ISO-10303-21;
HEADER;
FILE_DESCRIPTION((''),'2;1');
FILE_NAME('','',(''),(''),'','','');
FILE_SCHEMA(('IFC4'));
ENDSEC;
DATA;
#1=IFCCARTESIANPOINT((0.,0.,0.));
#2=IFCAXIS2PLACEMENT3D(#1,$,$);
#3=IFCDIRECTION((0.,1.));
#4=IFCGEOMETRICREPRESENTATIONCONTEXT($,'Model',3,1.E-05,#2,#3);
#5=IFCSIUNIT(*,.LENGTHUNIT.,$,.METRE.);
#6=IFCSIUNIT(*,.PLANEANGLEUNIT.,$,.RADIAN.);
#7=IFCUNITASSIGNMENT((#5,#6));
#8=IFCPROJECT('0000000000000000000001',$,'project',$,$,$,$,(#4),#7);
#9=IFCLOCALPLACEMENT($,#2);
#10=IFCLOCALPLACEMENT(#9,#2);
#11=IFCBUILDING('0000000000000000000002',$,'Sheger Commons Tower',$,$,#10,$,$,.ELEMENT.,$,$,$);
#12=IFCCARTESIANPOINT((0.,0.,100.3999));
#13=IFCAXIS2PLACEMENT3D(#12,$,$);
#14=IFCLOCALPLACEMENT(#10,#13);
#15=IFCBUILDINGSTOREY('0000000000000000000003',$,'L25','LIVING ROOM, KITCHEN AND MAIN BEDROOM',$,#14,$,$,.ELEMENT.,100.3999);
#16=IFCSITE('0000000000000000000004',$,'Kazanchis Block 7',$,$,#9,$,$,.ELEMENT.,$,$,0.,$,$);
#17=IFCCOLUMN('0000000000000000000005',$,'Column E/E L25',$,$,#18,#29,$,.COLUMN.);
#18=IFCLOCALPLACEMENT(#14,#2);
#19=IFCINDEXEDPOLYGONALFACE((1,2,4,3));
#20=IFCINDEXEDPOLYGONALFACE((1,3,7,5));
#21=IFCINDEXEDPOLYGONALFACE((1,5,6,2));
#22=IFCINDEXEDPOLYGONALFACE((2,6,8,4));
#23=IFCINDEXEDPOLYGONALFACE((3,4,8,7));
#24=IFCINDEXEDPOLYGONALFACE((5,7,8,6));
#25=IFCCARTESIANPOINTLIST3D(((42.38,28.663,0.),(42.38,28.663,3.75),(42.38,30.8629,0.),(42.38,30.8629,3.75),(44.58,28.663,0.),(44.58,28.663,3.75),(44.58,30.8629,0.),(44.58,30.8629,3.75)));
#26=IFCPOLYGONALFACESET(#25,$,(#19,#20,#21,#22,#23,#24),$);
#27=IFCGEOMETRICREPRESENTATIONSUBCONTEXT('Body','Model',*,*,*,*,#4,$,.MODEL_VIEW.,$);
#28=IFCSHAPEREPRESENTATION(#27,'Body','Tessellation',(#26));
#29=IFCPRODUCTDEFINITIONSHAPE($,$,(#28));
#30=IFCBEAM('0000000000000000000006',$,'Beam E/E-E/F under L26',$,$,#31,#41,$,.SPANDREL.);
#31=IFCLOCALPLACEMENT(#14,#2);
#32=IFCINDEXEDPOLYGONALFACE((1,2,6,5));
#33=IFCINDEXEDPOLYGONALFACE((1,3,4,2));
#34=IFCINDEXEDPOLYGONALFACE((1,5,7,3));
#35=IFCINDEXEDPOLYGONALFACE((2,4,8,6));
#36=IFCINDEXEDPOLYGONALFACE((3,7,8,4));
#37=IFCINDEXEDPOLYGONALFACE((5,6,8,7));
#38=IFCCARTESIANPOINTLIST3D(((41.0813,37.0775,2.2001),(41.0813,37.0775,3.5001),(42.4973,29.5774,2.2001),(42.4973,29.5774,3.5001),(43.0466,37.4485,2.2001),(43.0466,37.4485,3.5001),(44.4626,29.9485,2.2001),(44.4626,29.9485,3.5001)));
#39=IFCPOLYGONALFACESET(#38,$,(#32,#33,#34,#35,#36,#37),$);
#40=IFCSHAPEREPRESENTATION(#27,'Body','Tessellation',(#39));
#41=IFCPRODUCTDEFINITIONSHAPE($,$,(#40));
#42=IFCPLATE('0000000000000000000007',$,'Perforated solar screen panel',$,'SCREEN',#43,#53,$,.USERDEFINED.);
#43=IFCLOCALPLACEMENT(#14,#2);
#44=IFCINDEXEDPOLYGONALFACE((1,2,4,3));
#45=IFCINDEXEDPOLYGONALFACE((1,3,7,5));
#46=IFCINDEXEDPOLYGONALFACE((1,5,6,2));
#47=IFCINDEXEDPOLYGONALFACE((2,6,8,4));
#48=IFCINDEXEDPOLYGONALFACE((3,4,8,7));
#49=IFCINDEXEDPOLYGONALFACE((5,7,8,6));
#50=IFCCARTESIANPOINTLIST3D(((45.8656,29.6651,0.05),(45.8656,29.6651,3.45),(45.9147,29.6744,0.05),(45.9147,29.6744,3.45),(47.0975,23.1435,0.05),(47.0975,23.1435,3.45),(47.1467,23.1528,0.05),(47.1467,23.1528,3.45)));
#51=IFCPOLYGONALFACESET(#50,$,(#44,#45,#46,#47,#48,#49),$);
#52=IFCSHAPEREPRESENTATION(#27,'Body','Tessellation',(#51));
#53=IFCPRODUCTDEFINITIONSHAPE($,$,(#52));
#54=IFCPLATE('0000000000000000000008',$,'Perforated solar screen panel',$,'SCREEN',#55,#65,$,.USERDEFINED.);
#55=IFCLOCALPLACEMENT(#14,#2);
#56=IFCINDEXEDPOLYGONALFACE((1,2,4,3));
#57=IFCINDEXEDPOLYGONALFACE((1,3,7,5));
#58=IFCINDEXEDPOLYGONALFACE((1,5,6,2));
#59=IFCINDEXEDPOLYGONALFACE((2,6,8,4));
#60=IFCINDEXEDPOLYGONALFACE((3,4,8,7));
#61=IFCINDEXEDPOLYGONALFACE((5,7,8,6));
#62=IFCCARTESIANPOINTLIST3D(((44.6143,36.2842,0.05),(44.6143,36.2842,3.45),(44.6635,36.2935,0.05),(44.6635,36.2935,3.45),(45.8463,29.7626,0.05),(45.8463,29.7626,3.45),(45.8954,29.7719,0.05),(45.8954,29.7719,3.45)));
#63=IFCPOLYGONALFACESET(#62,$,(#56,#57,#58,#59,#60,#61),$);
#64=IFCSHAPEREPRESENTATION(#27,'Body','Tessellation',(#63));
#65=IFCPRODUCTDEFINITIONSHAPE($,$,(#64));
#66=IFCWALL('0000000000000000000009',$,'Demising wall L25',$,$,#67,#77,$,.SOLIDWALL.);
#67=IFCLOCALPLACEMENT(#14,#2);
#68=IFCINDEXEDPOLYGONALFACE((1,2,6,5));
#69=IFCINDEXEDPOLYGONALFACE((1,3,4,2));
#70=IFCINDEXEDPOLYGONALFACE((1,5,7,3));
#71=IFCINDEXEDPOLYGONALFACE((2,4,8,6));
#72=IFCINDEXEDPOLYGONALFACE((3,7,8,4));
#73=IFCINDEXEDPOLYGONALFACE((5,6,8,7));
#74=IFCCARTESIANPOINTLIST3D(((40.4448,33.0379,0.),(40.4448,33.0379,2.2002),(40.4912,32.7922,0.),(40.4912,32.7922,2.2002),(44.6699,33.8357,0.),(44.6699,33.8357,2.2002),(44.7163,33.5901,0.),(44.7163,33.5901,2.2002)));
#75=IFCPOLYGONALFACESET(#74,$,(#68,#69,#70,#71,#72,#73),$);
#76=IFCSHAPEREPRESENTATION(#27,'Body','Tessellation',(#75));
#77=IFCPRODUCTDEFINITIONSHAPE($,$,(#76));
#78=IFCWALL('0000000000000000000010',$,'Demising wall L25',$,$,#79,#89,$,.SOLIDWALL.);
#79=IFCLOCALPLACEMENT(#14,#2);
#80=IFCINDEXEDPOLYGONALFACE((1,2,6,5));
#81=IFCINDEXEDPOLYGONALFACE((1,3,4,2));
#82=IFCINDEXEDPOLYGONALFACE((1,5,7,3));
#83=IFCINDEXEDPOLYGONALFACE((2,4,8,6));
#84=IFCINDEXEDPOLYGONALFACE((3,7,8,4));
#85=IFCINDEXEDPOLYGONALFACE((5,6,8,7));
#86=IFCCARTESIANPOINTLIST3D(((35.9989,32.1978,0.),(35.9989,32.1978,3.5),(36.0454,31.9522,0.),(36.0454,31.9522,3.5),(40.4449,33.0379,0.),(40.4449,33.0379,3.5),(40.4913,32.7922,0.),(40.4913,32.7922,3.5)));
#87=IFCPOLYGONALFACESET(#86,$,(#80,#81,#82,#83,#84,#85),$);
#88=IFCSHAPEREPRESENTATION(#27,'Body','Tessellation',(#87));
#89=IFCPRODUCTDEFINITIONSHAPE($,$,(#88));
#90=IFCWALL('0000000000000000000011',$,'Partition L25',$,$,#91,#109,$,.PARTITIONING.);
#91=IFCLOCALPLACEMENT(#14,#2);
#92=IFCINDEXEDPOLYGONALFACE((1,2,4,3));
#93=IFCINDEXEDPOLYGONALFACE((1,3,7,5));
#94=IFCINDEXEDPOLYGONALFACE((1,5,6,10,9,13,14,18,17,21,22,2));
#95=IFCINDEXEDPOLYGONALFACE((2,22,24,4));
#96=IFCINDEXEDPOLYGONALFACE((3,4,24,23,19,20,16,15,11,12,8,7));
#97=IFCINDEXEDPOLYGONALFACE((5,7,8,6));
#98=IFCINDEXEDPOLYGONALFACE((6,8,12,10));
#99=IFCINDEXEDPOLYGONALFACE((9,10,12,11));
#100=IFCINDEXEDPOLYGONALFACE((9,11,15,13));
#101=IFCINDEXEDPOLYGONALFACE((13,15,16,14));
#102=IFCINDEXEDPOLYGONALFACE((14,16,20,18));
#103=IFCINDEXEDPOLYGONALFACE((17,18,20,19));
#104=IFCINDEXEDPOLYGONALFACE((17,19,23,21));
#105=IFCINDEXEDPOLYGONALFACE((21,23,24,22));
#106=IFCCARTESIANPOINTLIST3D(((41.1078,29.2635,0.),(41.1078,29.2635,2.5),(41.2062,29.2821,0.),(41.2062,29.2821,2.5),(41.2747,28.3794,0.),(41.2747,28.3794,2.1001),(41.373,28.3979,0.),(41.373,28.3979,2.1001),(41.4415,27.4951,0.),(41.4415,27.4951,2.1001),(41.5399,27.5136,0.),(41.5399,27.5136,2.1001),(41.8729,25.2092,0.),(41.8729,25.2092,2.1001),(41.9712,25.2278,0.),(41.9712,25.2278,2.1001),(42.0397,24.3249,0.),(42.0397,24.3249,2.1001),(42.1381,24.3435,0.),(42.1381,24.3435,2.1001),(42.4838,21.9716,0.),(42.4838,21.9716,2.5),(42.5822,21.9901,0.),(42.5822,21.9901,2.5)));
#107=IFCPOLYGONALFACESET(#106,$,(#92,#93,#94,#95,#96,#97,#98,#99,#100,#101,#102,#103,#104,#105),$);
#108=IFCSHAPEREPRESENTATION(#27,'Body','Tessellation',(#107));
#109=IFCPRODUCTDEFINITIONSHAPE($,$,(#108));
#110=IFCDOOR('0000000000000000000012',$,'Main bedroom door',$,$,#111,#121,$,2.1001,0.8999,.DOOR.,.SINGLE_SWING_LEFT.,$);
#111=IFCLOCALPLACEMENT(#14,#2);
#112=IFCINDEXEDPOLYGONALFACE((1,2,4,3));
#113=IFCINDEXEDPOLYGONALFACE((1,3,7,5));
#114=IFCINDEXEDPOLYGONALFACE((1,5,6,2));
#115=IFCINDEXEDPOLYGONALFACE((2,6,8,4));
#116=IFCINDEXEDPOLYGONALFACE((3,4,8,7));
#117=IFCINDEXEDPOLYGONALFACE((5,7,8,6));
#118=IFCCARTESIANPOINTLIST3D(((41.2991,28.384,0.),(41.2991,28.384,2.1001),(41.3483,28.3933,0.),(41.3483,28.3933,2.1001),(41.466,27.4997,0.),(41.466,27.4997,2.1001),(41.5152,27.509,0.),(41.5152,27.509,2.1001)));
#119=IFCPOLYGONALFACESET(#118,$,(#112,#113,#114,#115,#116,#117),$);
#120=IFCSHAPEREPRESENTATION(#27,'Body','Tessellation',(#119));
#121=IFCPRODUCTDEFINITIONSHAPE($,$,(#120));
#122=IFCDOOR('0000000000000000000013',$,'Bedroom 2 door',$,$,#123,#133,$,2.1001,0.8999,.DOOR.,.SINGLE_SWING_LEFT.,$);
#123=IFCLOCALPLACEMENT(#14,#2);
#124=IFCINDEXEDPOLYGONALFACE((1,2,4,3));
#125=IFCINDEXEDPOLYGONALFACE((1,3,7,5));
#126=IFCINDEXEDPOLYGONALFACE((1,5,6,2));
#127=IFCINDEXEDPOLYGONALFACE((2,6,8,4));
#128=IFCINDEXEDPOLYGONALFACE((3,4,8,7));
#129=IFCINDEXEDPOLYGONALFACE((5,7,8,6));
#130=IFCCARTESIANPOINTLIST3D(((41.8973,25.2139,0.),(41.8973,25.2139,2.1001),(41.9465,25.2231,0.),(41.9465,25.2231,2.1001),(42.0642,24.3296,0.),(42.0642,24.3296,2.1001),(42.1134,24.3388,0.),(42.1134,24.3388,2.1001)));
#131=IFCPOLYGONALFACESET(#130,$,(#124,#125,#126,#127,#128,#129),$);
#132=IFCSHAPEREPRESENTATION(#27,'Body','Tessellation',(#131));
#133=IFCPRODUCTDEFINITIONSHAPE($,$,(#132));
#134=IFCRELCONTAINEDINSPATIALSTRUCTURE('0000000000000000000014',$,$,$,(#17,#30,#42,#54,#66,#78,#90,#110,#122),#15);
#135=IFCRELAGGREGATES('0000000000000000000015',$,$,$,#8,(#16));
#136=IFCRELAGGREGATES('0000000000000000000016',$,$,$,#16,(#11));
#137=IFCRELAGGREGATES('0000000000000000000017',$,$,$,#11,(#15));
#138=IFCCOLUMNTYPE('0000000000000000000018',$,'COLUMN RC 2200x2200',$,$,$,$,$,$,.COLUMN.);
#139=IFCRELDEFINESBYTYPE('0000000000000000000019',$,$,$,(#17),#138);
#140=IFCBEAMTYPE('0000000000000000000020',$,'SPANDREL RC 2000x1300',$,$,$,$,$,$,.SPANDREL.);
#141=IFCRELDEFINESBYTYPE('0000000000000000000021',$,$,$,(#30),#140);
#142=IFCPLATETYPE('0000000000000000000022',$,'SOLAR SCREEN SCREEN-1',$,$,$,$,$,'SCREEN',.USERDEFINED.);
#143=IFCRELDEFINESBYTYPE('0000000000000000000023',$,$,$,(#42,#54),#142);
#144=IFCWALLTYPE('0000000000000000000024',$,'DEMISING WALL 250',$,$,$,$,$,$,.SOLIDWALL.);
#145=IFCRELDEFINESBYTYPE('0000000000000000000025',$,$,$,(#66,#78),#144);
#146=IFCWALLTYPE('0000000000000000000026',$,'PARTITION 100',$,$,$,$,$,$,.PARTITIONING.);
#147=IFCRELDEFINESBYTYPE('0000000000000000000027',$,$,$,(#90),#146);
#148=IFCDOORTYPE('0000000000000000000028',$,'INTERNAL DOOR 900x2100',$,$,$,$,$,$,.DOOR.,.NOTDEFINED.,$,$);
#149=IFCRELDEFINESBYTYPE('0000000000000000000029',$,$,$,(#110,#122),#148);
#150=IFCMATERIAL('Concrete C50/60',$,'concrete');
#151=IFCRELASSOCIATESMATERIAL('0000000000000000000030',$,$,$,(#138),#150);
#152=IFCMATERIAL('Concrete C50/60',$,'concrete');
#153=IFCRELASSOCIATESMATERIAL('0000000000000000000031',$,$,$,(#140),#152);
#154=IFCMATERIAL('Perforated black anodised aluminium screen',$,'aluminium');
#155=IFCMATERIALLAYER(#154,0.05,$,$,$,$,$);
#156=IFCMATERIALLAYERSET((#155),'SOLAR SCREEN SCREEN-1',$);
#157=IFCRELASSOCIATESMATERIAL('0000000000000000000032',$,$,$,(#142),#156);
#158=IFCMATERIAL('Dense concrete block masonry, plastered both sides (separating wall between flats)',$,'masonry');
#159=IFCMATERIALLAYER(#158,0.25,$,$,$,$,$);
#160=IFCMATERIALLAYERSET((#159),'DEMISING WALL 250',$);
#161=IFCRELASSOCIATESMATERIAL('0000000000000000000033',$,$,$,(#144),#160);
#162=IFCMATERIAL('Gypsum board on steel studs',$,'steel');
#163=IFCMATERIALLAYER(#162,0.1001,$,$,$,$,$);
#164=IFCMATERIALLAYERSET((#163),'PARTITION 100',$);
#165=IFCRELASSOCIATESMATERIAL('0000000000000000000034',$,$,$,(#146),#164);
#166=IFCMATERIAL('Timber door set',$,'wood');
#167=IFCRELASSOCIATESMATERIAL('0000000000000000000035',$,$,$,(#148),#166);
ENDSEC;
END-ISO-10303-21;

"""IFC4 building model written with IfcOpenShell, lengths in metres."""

from ifc_helpers import new_model, si_unit, direction, frame, frame_2d, origin, origin_2d, place, context, subcontext, project, spatial, rectangle, extrude, material, layer, layer_set, material_profile, profile_set, type_object, element, fill, save


model = new_model("IFC4")

# Units and contexts
model_context = context("Model", 3, precision=1e-05, world=origin(), true_north=direction((0.0, 1.0)))
body_context = subcontext(model_context, "Body", "Model", "MODEL_VIEW")
ifc_project = project(units=[si_unit("LENGTHUNIT", "METRE"), si_unit("PLANEANGLEUNIT", "RADIAN")], contexts=[model_context])

# Site, building, storey
site_placement = place(None, origin())
site = spatial("IfcSite", under=ifc_project, at=site_placement, Name="Kazanchis Block 7", CompositionType="ELEMENT", RefElevation=0.0)
building_placement = place(site_placement, origin())
building = spatial("IfcBuilding", under=site, at=building_placement, Name="Sheger Commons Tower", CompositionType="ELEMENT")
storey_placement = place(building_placement, frame((0.0, 0.0, 100.3999)))
storey = spatial("IfcBuildingStorey", under=building, at=storey_placement, Name="L25", Description="LIVING ROOM, KITCHEN AND MAIN BEDROOM", CompositionType="ELEMENT", Elevation=100.3999)

# Column
ifc_material_1 = material(Name="Concrete C50/60", Category="concrete")
ifc_material_profile_1 = material_profile(ifc_material_1, rectangle(XDim=2.2, YDim=2.2, at=origin_2d()), Name="RC 2200x2200")
ifc_profile_set_1 = profile_set([ifc_material_profile_1], Name="Concrete C50/60")
column_type = type_object("IfcColumnType", Name="COLUMN RC 2200x2200", PredefinedType="COLUMN", material=ifc_profile_set_1)
column_placement = place(storey_placement, frame((43.48, 29.7629, 0.0), z_axis=(0.0, 0.0, 1.0), x_axis=(1.0, 0.0, 0.0)))
element("IfcColumn", 1, at=column_placement, inside=storey, type_object=column_type, Name="Column E/E L25", PredefinedType="COLUMN", context=body_context, shape_type="SweptSolid", body=[
    extrude(rectangle(XDim=2.2, YDim=2.2, at=origin_2d()), origin(), (0.0, 0.0, 1.0), 3.75),
])

# Beam
ifc_material_2 = material(Name="Concrete C50/60", Category="concrete")
ifc_material_profile_2 = material_profile(ifc_material_2, rectangle(XDim=2.0, YDim=1.3, at=origin_2d()), Name="RC 2000x1300")
ifc_profile_set_2 = profile_set([ifc_material_profile_2], Name="Concrete C50/60")
beam_type = type_object("IfcBeamType", Name="SPANDREL RC 2000x1300", PredefinedType="SPANDREL", material=ifc_profile_set_2)
beam_placement = place(storey_placement, frame((43.48, 29.7629, 2.8501), z_axis=(-0.185524, 0.98264, 0.0), x_axis=(-0.98264, -0.185524, 0.0)))
element("IfcBeam", 2, at=beam_placement, inside=storey, type_object=beam_type, Name="Beam E/E-E/F under L26", PredefinedType="SPANDREL", context=body_context, shape_type="SweptSolid", body=[
    extrude(rectangle(XDim=2.0, YDim=1.3, at=origin_2d()), origin(), (0.0, 0.0, 1.0), 7.6326),
])

# Plates
ifc_material_3 = material(Name="Perforated black anodised aluminium screen", Category="aluminium")
ifc_layer_1 = layer(ifc_material_3, 0.05)
ifc_layer_set_1 = layer_set([ifc_layer_1], Name="SOLAR SCREEN SCREEN-1")
plate_type = type_object("IfcPlateType", Name="SOLAR SCREEN SCREEN-1", ElementType="SCREEN", PredefinedType="USERDEFINED", material=ifc_layer_set_1)
for number, where, z_axis, x_axis, name in (
    (3, (46.5061, 26.4089, 0.05), (0.0, 0.0, 1.0), (-0.185615, 0.982623, 0.0), "Perforated solar screen panel"),
    (4, (45.2549, 33.0281, 0.05), (0.0, 0.0, 1.0), (-0.185615, 0.982623, 0.0), "Perforated solar screen panel"),
):
    element("IfcPlate", number, at=place(storey_placement, frame(where, z_axis=z_axis, x_axis=x_axis)), inside=storey, type_object=plate_type, Name=name, ObjectType="SCREEN", PredefinedType="USERDEFINED", context=body_context, shape_type="SweptSolid", body=[
        extrude(rectangle(XDim=6.637, YDim=0.05, at=origin_2d()), origin(), (0.0, 0.0, 1.0), 3.3999),
    ])

# Walls
ifc_material_4 = material(Name="Dense concrete block masonry, plastered both sides (separating wall between flats)", Category="masonry")
ifc_layer_2 = layer(ifc_material_4, 0.25)
ifc_layer_set_2 = layer_set([ifc_layer_2], Name="DEMISING WALL 250")
wall_type_1 = type_object("IfcWallType", Name="DEMISING WALL 250", PredefinedType="SOLIDWALL", material=ifc_layer_set_2)
wall_1_placement = place(storey_placement, frame((44.6931, 33.7129, 0.0), z_axis=(0.0, 0.0, 1.0), x_axis=(-0.982634, -0.185557, 0.0)))
element("IfcWall", 5, at=wall_1_placement, inside=storey, type_object=wall_type_1, Name="Demising wall L25", PredefinedType="SOLIDWALL", context=body_context, shape_type="SweptSolid", body=[
    extrude(rectangle(XDim=4.2998, YDim=0.25, at=frame_2d((2.1499, 0.0))), origin(), (0.0, 0.0, 1.0), 2.2002),
])
wall_2_placement = place(storey_placement, frame((40.468, 32.915, 0.0), z_axis=(0.0, 0.0, 1.0), x_axis=(-0.982613, -0.185666, 0.0)))
element("IfcWall", 6, at=wall_2_placement, inside=storey, type_object=wall_type_1, Name="Demising wall L25", PredefinedType="SOLIDWALL", context=body_context, shape_type="SweptSolid", body=[
    extrude(rectangle(XDim=4.5247, YDim=0.25, at=frame_2d((2.2622, 0.0))), origin(), (0.0, 0.0, 1.0), 3.5),
])

# Wall, openings, doors
ifc_material_5 = material(Name="Gypsum board on steel studs", Category="steel")
ifc_layer_3 = layer(ifc_material_5, 0.1001)
ifc_layer_set_3 = layer_set([ifc_layer_3], Name="PARTITION 100")
wall_type_2 = type_object("IfcWallType", Name="PARTITION 100", PredefinedType="PARTITIONING", material=ifc_layer_set_3)
wall_3_placement = place(storey_placement, frame((41.157, 29.2729, 0.0), z_axis=(0.0, 0.0, 1.0), x_axis=(0.185425, -0.982658, 0.0)))
wall_3 = element("IfcWall", 7, at=wall_3_placement, inside=storey, type_object=wall_type_2, Name="Partition L25", PredefinedType="PARTITIONING", context=body_context, shape_type="SweptSolid", body=[
    extrude(rectangle(XDim=7.4207, YDim=0.1001, at=frame_2d((3.7104, 0.0))), origin(), (0.0, 0.0, 1.0), 2.5),
])
opening_1_placement = place(wall_3_placement, frame((0.8999, 0.0, 0.0)))
opening_1 = element("IfcOpeningElement", 8, at=opening_1_placement, cuts=wall_3, PredefinedType="OPENING", context=body_context, shape_type="SweptSolid", body=[
    extrude(rectangle(XDim=0.8999, YDim=2.1001, at=frame_2d((0.45, 1.05))), frame((0.0, 0.0601, 0.0), z_axis=(0.0, -1.0, 0.0), x_axis=(1.0, 0.0, 0.0)), (0.0, 0.0, 1.0), 0.1201),
])
opening_2_placement = place(wall_3_placement, frame((4.126, 0.0, 0.0)))
opening_2 = element("IfcOpeningElement", 9, at=opening_2_placement, cuts=wall_3, PredefinedType="OPENING", context=body_context, shape_type="SweptSolid", body=[
    extrude(rectangle(XDim=0.8999, YDim=2.1001, at=frame_2d((0.45, 1.05))), frame((0.0, 0.0601, 0.0), z_axis=(0.0, -1.0, 0.0), x_axis=(1.0, 0.0, 0.0)), (0.0, 0.0, 1.0), 0.1201),
])
ifc_material_6 = material(Name="Timber door set", Category="wood")
door_type = type_object("IfcDoorType", Name="INTERNAL DOOR 900x2100", OperationType="NOTDEFINED", PredefinedType="DOOR", material=ifc_material_6)
door_1_placement = place(opening_1_placement, origin())
door_1 = element("IfcDoor", 10, at=door_1_placement, inside=storey, type_object=door_type, Name="Main bedroom door", OperationType="SINGLE_SWING_LEFT", OverallHeight=2.1001, OverallWidth=0.8999, PredefinedType="DOOR", context=body_context, shape_type="SweptSolid", body=[
    extrude(rectangle(XDim=0.8999, YDim=2.1001, at=frame_2d((0.45, 1.05))), frame((0.0, 0.0249, 0.0), z_axis=(0.0, -1.0, 0.0), x_axis=(1.0, 0.0, 0.0)), (0.0, 0.0, 1.0), 0.05),
])
fill(opening_1, door_1)
door_2_placement = place(opening_2_placement, origin())
door_2 = element("IfcDoor", 11, at=door_2_placement, inside=storey, type_object=door_type, Name="Bedroom 2 door", OperationType="SINGLE_SWING_LEFT", OverallHeight=2.1001, OverallWidth=0.8999, PredefinedType="DOOR", context=body_context, shape_type="SweptSolid", body=[
    extrude(rectangle(XDim=0.8999, YDim=2.1001, at=frame_2d((0.45, 1.05))), frame((0.0, 0.0249, 0.0), z_axis=(0.0, -1.0, 0.0), x_axis=(1.0, 0.0, 0.0)), (0.0, 0.0, 1.0), 0.05),
])
fill(opening_2, door_2)

save(model, "model.ifc")
